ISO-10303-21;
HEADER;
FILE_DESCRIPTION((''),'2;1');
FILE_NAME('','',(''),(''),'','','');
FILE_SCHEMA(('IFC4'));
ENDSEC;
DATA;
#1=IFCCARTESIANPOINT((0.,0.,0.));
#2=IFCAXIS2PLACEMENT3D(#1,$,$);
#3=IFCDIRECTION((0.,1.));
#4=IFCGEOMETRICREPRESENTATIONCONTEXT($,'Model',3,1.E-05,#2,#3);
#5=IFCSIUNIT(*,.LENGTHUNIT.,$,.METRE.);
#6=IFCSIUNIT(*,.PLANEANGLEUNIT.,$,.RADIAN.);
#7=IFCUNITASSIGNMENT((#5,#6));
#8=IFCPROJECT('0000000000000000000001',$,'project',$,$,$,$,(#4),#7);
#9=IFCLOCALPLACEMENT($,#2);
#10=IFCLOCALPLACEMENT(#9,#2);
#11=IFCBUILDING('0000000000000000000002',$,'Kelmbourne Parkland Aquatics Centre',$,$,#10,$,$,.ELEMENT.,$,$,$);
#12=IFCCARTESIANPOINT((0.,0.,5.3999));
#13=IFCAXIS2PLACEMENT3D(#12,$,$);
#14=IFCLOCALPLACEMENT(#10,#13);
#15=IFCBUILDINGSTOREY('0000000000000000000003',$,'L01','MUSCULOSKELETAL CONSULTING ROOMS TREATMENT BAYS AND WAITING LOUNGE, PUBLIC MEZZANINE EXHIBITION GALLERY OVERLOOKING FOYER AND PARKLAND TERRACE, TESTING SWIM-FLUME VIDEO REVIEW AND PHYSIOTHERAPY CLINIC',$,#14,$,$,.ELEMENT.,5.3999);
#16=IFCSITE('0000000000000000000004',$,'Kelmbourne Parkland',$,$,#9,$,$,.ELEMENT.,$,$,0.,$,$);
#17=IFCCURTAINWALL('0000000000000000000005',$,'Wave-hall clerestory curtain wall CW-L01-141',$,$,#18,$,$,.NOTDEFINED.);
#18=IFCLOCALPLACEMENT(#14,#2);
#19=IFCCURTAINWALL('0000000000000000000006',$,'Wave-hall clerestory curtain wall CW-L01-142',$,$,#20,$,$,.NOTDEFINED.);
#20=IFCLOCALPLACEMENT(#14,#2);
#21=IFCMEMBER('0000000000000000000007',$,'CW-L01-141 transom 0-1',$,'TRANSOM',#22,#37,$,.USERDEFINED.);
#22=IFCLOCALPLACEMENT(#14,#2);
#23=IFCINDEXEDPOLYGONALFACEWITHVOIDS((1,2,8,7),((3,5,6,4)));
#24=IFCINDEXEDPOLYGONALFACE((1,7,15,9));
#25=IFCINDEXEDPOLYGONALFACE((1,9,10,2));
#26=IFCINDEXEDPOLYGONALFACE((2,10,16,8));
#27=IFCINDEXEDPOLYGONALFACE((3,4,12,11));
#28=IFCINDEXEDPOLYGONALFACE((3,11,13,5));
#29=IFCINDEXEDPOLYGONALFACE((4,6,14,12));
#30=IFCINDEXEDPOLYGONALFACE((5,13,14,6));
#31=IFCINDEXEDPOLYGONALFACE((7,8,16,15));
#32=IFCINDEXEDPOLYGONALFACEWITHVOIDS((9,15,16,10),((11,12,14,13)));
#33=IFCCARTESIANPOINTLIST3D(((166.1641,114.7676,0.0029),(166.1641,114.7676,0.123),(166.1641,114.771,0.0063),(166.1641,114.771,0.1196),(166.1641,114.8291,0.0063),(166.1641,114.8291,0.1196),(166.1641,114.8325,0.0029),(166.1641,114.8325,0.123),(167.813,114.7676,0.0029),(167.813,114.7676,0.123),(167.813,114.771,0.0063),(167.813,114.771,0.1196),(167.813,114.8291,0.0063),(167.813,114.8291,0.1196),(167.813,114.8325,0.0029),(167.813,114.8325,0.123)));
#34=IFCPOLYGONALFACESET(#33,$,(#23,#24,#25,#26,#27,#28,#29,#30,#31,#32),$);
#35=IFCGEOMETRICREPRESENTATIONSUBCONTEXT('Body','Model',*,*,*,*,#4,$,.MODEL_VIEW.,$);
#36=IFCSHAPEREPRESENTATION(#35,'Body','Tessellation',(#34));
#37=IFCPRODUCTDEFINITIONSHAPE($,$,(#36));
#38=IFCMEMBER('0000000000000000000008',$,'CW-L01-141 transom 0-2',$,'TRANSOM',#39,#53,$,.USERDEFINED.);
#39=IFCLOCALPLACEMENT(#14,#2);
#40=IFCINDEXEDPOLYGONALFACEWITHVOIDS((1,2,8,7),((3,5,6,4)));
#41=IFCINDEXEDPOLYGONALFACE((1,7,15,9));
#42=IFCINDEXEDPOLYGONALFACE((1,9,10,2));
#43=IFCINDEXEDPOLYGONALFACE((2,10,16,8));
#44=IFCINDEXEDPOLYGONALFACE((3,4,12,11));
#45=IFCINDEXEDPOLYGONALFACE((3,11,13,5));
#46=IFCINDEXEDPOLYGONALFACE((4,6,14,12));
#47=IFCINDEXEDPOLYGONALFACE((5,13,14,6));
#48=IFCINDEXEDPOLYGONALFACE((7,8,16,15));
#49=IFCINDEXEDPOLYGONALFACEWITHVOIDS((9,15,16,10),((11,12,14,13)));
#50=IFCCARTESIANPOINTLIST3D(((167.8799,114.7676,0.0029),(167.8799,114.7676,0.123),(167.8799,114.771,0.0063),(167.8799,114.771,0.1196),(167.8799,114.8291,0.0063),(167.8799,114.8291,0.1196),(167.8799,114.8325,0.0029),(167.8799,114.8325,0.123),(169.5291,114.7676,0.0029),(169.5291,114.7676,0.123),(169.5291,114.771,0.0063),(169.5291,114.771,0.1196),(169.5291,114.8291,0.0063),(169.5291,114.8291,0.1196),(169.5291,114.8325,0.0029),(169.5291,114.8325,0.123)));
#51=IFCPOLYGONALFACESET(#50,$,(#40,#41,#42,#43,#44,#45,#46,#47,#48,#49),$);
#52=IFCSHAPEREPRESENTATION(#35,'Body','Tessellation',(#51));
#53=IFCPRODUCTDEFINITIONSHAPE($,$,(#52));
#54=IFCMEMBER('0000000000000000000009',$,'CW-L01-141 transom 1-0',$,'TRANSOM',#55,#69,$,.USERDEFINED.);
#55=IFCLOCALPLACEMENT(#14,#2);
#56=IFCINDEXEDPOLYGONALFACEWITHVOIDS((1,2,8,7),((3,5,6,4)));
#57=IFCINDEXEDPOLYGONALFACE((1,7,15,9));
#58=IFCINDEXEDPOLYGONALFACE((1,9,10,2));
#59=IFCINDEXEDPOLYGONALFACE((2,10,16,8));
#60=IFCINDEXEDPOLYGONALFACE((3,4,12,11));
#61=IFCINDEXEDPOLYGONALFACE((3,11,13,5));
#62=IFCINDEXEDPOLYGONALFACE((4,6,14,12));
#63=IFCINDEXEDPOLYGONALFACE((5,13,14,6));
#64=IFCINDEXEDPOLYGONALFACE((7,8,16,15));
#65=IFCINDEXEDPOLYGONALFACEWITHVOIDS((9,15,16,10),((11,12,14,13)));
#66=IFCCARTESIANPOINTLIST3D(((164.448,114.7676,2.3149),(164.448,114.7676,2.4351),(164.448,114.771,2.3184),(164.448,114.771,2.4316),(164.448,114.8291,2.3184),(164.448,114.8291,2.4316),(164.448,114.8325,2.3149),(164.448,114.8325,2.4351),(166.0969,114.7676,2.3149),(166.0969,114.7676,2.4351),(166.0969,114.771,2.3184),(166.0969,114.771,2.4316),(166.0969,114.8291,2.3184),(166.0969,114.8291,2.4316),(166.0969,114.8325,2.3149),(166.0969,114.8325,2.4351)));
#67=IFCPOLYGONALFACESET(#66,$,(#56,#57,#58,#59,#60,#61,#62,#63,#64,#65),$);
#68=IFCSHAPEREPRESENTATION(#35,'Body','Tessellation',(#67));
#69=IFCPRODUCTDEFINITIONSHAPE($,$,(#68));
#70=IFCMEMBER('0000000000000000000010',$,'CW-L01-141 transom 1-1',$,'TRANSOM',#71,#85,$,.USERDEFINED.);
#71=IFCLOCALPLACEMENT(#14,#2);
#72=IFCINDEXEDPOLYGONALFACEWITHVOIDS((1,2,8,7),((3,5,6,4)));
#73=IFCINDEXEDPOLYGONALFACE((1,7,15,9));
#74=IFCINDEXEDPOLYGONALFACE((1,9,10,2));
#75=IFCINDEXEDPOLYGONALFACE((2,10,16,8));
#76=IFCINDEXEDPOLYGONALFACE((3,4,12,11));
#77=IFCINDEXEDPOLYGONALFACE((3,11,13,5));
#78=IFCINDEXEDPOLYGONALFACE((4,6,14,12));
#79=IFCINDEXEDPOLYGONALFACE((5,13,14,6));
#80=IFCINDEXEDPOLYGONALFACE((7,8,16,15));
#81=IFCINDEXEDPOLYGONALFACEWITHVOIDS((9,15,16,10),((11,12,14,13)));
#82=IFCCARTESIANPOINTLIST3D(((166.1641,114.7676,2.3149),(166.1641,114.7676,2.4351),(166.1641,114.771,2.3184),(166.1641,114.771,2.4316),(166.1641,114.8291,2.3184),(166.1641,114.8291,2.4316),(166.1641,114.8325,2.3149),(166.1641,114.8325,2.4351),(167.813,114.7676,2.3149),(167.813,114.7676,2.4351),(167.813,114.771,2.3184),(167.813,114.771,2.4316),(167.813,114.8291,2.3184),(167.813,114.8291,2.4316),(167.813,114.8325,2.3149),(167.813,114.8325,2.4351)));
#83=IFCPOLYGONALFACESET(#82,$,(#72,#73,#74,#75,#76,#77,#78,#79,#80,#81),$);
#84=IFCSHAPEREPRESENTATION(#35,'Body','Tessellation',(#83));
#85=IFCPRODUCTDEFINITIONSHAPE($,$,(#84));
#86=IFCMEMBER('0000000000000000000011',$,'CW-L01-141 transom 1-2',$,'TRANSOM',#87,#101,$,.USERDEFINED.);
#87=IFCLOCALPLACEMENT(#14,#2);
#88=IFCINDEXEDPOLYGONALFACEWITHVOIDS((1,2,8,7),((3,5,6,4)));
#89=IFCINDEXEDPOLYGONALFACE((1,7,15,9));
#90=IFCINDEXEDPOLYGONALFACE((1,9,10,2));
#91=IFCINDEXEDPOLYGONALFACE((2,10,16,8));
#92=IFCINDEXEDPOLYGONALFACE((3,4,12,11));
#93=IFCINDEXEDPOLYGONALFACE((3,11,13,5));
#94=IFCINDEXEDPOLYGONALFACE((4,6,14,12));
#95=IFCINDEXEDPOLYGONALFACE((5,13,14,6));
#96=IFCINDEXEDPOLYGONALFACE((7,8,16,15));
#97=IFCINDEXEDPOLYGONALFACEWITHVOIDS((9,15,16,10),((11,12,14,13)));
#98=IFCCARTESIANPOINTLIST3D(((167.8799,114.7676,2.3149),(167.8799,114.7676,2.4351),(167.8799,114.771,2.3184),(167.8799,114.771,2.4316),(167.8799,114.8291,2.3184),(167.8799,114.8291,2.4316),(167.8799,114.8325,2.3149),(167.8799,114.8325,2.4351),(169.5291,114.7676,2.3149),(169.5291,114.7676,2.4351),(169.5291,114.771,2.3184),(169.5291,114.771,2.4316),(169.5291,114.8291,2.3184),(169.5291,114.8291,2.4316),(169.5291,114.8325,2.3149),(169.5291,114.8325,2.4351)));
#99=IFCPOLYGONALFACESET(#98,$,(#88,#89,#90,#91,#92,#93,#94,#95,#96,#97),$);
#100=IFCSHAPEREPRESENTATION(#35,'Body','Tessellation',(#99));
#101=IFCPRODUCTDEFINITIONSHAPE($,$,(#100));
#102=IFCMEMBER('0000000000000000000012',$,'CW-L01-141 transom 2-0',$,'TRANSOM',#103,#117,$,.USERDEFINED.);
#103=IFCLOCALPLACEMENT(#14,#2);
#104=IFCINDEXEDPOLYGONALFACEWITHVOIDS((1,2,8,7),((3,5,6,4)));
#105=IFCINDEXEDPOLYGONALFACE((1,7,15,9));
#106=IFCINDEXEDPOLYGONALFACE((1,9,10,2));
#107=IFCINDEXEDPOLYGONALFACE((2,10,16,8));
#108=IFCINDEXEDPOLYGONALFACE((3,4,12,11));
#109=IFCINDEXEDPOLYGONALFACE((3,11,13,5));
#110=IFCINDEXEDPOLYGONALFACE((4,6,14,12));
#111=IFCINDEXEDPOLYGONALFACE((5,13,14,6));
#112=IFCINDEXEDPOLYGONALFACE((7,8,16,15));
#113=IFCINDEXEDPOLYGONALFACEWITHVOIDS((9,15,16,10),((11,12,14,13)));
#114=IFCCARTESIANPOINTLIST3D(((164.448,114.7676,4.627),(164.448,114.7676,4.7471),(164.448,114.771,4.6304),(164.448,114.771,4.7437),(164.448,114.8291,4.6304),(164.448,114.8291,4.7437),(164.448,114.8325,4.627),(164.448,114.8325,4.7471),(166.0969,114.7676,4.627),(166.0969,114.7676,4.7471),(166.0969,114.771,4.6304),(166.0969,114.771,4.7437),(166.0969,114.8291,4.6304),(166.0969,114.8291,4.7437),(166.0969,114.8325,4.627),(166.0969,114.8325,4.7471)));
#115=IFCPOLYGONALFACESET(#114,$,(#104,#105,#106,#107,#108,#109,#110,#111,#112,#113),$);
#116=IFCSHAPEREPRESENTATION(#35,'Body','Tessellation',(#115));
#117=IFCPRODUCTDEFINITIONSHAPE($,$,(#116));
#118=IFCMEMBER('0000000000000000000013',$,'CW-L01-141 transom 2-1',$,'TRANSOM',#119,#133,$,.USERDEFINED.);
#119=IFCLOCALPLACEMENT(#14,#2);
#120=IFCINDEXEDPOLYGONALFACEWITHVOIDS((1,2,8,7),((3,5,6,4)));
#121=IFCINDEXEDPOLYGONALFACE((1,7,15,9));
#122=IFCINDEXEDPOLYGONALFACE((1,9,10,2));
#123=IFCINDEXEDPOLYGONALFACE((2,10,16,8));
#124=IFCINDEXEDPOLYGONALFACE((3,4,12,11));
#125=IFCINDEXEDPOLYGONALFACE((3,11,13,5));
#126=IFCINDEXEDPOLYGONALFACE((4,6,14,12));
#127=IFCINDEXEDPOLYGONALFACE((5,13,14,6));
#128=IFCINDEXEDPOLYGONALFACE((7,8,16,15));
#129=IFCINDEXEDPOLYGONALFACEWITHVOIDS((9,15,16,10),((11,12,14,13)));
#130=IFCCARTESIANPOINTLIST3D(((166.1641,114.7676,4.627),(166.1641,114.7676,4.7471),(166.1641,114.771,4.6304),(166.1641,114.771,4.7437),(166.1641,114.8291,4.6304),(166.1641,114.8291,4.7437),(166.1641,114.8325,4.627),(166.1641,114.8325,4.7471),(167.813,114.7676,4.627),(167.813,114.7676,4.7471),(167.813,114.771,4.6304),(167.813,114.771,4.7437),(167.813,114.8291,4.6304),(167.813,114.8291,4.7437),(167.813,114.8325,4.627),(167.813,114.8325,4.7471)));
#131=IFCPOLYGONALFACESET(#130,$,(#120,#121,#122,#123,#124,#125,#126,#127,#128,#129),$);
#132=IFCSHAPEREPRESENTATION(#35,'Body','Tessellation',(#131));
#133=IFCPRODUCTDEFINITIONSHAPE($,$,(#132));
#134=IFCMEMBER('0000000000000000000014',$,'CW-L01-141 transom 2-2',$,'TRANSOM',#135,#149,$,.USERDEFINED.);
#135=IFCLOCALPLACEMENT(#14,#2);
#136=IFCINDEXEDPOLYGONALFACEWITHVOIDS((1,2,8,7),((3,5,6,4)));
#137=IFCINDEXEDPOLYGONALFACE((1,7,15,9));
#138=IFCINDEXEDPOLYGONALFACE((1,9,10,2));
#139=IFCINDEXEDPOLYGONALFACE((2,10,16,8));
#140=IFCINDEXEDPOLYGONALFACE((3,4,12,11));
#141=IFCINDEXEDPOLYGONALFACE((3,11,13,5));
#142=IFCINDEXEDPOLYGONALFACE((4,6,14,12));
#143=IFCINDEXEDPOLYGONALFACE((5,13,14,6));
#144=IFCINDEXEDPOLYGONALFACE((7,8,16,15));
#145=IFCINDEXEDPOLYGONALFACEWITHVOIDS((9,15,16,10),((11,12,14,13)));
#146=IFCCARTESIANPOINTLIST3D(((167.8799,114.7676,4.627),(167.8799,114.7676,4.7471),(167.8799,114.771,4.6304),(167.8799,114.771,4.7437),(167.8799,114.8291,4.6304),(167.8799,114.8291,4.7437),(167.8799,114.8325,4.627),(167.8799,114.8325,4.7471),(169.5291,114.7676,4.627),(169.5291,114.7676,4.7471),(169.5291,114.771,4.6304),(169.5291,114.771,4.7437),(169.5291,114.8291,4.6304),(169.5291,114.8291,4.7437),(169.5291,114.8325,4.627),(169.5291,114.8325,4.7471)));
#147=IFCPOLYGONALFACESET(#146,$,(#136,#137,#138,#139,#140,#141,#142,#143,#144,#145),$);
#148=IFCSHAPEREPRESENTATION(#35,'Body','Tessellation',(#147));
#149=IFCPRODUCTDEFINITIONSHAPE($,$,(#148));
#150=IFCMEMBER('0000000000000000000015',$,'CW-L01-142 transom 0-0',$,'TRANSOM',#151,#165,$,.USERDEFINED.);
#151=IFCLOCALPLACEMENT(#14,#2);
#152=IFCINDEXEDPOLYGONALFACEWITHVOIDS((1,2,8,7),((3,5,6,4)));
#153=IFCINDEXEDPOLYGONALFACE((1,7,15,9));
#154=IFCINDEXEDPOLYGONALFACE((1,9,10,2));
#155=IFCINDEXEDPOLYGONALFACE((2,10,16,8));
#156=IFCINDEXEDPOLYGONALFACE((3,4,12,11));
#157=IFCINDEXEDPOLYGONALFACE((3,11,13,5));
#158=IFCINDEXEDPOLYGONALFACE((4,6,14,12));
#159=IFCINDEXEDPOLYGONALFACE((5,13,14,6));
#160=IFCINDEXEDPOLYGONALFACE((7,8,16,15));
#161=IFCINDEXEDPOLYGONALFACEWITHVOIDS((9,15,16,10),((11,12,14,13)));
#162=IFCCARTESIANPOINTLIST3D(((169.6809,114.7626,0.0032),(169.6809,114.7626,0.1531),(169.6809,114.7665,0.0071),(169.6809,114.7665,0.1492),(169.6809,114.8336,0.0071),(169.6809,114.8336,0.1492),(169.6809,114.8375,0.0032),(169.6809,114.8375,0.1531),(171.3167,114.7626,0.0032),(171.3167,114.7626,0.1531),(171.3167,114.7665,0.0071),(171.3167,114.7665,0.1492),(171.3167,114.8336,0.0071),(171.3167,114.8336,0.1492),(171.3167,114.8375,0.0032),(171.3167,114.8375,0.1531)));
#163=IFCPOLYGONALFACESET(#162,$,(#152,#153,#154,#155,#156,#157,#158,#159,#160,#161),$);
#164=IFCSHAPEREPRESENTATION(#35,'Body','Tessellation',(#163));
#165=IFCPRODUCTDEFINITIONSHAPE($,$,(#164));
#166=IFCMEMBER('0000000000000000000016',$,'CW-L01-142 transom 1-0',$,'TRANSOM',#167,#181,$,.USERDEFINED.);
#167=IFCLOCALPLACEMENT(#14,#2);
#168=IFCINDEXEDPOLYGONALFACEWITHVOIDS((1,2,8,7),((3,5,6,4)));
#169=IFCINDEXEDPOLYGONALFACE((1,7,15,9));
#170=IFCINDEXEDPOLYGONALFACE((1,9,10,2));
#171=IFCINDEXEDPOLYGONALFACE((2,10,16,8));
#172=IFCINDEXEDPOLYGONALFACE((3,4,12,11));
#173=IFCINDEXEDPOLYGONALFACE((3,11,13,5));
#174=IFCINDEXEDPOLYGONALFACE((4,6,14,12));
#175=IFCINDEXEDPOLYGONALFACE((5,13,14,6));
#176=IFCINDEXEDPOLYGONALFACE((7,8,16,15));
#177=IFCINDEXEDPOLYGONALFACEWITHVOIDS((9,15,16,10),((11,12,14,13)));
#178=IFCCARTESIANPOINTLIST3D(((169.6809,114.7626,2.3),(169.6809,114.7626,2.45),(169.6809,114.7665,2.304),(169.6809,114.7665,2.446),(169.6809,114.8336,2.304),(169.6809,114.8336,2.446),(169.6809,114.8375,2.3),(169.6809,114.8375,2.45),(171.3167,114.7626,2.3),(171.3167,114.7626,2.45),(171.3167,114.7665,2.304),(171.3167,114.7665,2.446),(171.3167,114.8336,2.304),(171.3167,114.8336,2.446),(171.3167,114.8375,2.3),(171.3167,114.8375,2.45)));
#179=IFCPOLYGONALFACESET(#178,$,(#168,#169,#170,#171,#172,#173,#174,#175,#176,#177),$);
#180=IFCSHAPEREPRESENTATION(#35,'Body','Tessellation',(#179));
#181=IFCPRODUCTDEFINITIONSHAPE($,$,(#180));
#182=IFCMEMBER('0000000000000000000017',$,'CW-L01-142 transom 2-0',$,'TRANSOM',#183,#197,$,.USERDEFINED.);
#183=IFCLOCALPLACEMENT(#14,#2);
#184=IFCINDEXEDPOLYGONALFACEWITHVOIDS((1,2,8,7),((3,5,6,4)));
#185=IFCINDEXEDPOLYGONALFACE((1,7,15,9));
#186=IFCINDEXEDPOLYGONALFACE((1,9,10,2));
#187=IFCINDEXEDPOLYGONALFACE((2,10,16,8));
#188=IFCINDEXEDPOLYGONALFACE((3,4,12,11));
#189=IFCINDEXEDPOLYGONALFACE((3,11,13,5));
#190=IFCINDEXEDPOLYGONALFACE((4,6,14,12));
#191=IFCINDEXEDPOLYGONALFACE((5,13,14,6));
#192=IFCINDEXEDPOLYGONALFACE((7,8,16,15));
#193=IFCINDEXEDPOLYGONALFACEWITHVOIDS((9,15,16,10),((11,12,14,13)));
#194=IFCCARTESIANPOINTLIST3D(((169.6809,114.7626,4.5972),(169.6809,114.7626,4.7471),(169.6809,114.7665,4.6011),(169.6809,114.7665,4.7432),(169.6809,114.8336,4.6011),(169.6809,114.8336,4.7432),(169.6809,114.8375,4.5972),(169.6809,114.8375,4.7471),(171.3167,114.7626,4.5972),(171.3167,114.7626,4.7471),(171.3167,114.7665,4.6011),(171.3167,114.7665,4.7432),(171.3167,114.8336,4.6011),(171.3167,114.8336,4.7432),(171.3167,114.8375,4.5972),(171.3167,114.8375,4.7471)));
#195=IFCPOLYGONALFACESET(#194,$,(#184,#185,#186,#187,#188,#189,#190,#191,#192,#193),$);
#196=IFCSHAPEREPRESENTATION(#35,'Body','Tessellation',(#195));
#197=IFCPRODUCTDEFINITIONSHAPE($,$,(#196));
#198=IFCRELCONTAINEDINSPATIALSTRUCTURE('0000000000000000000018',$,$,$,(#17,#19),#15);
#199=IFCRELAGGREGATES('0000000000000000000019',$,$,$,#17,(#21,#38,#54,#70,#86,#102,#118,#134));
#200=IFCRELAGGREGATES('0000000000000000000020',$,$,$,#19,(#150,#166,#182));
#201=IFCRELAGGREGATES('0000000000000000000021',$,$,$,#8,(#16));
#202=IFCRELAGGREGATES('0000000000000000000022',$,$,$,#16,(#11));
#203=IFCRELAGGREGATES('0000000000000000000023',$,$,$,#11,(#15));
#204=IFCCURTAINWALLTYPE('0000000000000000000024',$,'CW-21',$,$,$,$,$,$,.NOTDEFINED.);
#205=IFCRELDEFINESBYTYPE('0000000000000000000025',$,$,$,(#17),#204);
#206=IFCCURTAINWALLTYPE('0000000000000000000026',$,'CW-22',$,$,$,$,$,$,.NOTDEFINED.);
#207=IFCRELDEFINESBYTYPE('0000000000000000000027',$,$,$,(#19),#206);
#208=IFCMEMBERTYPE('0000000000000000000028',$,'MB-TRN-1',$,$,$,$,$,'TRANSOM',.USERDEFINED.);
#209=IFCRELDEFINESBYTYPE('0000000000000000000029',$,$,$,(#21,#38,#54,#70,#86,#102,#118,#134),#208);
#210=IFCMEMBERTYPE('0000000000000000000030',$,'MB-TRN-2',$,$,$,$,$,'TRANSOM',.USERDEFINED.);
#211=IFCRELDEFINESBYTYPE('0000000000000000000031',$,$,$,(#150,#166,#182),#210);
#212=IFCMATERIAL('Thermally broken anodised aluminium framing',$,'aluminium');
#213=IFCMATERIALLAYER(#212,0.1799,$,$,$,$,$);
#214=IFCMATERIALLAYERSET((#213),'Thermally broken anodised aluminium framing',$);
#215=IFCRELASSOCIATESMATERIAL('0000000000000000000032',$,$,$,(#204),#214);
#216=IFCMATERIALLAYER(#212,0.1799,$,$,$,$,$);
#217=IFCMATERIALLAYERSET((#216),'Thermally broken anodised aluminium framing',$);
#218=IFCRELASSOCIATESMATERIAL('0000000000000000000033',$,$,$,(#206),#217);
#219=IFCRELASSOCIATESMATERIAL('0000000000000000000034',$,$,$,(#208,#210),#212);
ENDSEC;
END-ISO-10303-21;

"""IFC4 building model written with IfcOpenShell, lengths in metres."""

from ifc_helpers import new_model, si_unit, direction, frame, origin, origin_2d, place, context, subcontext, project, spatial, hollow_rectangle, extrude, material, layer, layer_set, material_profile, profile_set, type_object, element, aggregate, save


model = new_model("IFC4")

# Units and contexts
model_context = context("Model", 3, precision=1e-05, world=origin(), true_north=direction((0.0, 1.0)))
body_context = subcontext(model_context, "Body", "Model", "MODEL_VIEW")
ifc_project = project(units=[si_unit("LENGTHUNIT", "METRE"), si_unit("PLANEANGLEUNIT", "RADIAN")], contexts=[model_context])

# Site, building, storey
site_placement = place(None, origin())
site = spatial("IfcSite", under=ifc_project, at=site_placement, Name="Kelmbourne Parkland", CompositionType="ELEMENT", RefElevation=0.0)
building_placement = place(site_placement, origin())
building = spatial("IfcBuilding", under=site, at=building_placement, Name="Kelmbourne Parkland Aquatics Centre", CompositionType="ELEMENT")
storey_placement = place(building_placement, frame((0.0, 0.0, 5.3999)))
storey = spatial("IfcBuildingStorey", under=building, at=storey_placement, Name="L01", Description="MUSCULOSKELETAL CONSULTING ROOMS TREATMENT BAYS AND WAITING LOUNGE, PUBLIC MEZZANINE EXHIBITION GALLERY OVERLOOKING FOYER AND PARKLAND TERRACE, TESTING SWIM-FLUME VIDEO REVIEW AND PHYSIOTHERAPY CLINIC", CompositionType="ELEMENT", Elevation=5.3999)

# Curtain wall
ifc_material_1 = material(Name="Thermally broken anodised aluminium framing", Category="aluminium")
ifc_layer_1 = layer(ifc_material_1, 0.1799)
ifc_layer_set_1 = layer_set([ifc_layer_1], Name="Thermally broken anodised aluminium framing")
curtain_wall_type_1 = type_object("IfcCurtainWallType", Name="CW-21", PredefinedType="NOTDEFINED", material=ifc_layer_set_1)
curtain_wall_1_placement = place(storey_placement, origin())
curtain_wall_1 = element("IfcCurtainWall", 1, at=curtain_wall_1_placement, inside=storey, type_object=curtain_wall_type_1, Name="Wave-hall clerestory curtain wall CW-L01-141", PredefinedType="NOTDEFINED")

# Curtain wall
ifc_layer_2 = layer(ifc_material_1, 0.1799)
ifc_layer_set_2 = layer_set([ifc_layer_2], Name="Thermally broken anodised aluminium framing")
curtain_wall_type_2 = type_object("IfcCurtainWallType", Name="CW-22", PredefinedType="NOTDEFINED", material=ifc_layer_set_2)
curtain_wall_2_placement = place(storey_placement, origin())
curtain_wall_2 = element("IfcCurtainWall", 2, at=curtain_wall_2_placement, inside=storey, type_object=curtain_wall_type_2, Name="Wave-hall clerestory curtain wall CW-L01-142", PredefinedType="NOTDEFINED")

# Members
ifc_material_profile_1 = material_profile(ifc_material_1, hollow_rectangle(XDim=0.0649, YDim=0.1201, WallThickness=0.0034, at=origin_2d()), Name="CW-T 65x120")
ifc_profile_set_1 = profile_set([ifc_material_profile_1], Name="Thermally broken anodised aluminium framing")
member_type_1 = type_object("IfcMemberType", Name="MB-TRN-1", ElementType="TRANSOM", PredefinedType="USERDEFINED", material=ifc_profile_set_1)
member_1_placement = place(storey_placement, frame((166.1641, 114.8, 0.063), z_axis=(1.0, 0.0, 0.0), x_axis=(0.0, 1.0, 0.0)))
member_1 = element("IfcMember", 3, at=member_1_placement, type_object=member_type_1, Name="CW-L01-141 transom 0-1", ObjectType="TRANSOM", PredefinedType="USERDEFINED", context=body_context, shape_type="SweptSolid", body=[
    extrude(hollow_rectangle(XDim=0.0649, YDim=0.1201, WallThickness=0.0034, at=origin_2d()), origin(), (0.0, 0.0, 1.0), 1.6489),
])
member_2_placement = place(storey_placement, frame((167.8799, 114.8, 0.063), z_axis=(1.0, 0.0, 0.0), x_axis=(0.0, 1.0, 0.0)))
member_2 = element("IfcMember", 4, at=member_2_placement, type_object=member_type_1, Name="CW-L01-141 transom 0-2", ObjectType="TRANSOM", PredefinedType="USERDEFINED", context=body_context, shape_type="SweptSolid", body=[
    extrude(hollow_rectangle(XDim=0.0649, YDim=0.1201, WallThickness=0.0034, at=origin_2d()), origin(), (0.0, 0.0, 1.0), 1.6492),
])
member_3_placement = place(storey_placement, frame((164.448, 114.8, 2.375), z_axis=(1.0, 0.0, 0.0), x_axis=(0.0, 1.0, 0.0)))
member_3 = element("IfcMember", 5, at=member_3_placement, type_object=member_type_1, Name="CW-L01-141 transom 1-0", ObjectType="TRANSOM", PredefinedType="USERDEFINED", context=body_context, shape_type="SweptSolid", body=[
    extrude(hollow_rectangle(XDim=0.0649, YDim=0.1201, WallThickness=0.0034, at=origin_2d()), origin(), (0.0, 0.0, 1.0), 1.6489),
])
member_4_placement = place(storey_placement, frame((166.1641, 114.8, 2.375), z_axis=(1.0, 0.0, 0.0), x_axis=(0.0, 1.0, 0.0)))
member_4 = element("IfcMember", 6, at=member_4_placement, type_object=member_type_1, Name="CW-L01-141 transom 1-1", ObjectType="TRANSOM", PredefinedType="USERDEFINED", context=body_context, shape_type="SweptSolid", body=[
    extrude(hollow_rectangle(XDim=0.0649, YDim=0.1201, WallThickness=0.0034, at=origin_2d()), origin(), (0.0, 0.0, 1.0), 1.6489),
])
member_5_placement = place(storey_placement, frame((167.8799, 114.8, 2.375), z_axis=(1.0, 0.0, 0.0), x_axis=(0.0, 1.0, 0.0)))
member_5 = element("IfcMember", 7, at=member_5_placement, type_object=member_type_1, Name="CW-L01-141 transom 1-2", ObjectType="TRANSOM", PredefinedType="USERDEFINED", context=body_context, shape_type="SweptSolid", body=[
    extrude(hollow_rectangle(XDim=0.0649, YDim=0.1201, WallThickness=0.0034, at=origin_2d()), origin(), (0.0, 0.0, 1.0), 1.6492),
])
member_6_placement = place(storey_placement, frame((164.448, 114.8, 4.687), z_axis=(1.0, 0.0, 0.0), x_axis=(0.0, 1.0, 0.0)))
member_6 = element("IfcMember", 8, at=member_6_placement, type_object=member_type_1, Name="CW-L01-141 transom 2-0", ObjectType="TRANSOM", PredefinedType="USERDEFINED", context=body_context, shape_type="SweptSolid", body=[
    extrude(hollow_rectangle(XDim=0.0649, YDim=0.1201, WallThickness=0.0034, at=origin_2d()), origin(), (0.0, 0.0, 1.0), 1.6489),
])
member_7_placement = place(storey_placement, frame((166.1641, 114.8, 4.687), z_axis=(1.0, 0.0, 0.0), x_axis=(0.0, 1.0, 0.0)))
member_7 = element("IfcMember", 9, at=member_7_placement, type_object=member_type_1, Name="CW-L01-141 transom 2-1", ObjectType="TRANSOM", PredefinedType="USERDEFINED", context=body_context, shape_type="SweptSolid", body=[
    extrude(hollow_rectangle(XDim=0.0649, YDim=0.1201, WallThickness=0.0034, at=origin_2d()), origin(), (0.0, 0.0, 1.0), 1.6489),
])
member_8_placement = place(storey_placement, frame((167.8799, 114.8, 4.687), z_axis=(1.0, 0.0, 0.0), x_axis=(0.0, 1.0, 0.0)))
member_8 = element("IfcMember", 10, at=member_8_placement, type_object=member_type_1, Name="CW-L01-141 transom 2-2", ObjectType="TRANSOM", PredefinedType="USERDEFINED", context=body_context, shape_type="SweptSolid", body=[
    extrude(hollow_rectangle(XDim=0.0649, YDim=0.1201, WallThickness=0.0034, at=origin_2d()), origin(), (0.0, 0.0, 1.0), 1.6492),
])
ifc_material_profile_2 = material_profile(ifc_material_1, hollow_rectangle(XDim=0.075, YDim=0.1499, WallThickness=0.0039, at=origin_2d()), Name="CW-T 75x150")
ifc_profile_set_2 = profile_set([ifc_material_profile_2], Name="Thermally broken anodised aluminium framing")
member_type_2 = type_object("IfcMemberType", Name="MB-TRN-2", ElementType="TRANSOM", PredefinedType="USERDEFINED", material=ifc_profile_set_2)
member_9_placement = place(storey_placement, frame((169.6809, 114.8, 0.0781), z_axis=(1.0, 0.0, 0.0), x_axis=(0.0, 1.0, 0.0)))
member_9 = element("IfcMember", 11, at=member_9_placement, type_object=member_type_2, Name="CW-L01-142 transom 0-0", ObjectType="TRANSOM", PredefinedType="USERDEFINED", context=body_context, shape_type="SweptSolid", body=[
    extrude(hollow_rectangle(XDim=0.075, YDim=0.1499, WallThickness=0.0039, at=origin_2d()), origin(), (0.0, 0.0, 1.0), 1.6357),
])
member_10_placement = place(storey_placement, frame((169.6809, 114.8, 2.375), z_axis=(1.0, 0.0, 0.0), x_axis=(0.0, 1.0, 0.0)))
member_10 = element("IfcMember", 12, at=member_10_placement, type_object=member_type_2, Name="CW-L01-142 transom 1-0", ObjectType="TRANSOM", PredefinedType="USERDEFINED", context=body_context, shape_type="SweptSolid", body=[
    extrude(hollow_rectangle(XDim=0.075, YDim=0.1499, WallThickness=0.0039, at=origin_2d()), origin(), (0.0, 0.0, 1.0), 1.6357),
])
member_11_placement = place(storey_placement, frame((169.6809, 114.8, 4.6721), z_axis=(1.0, 0.0, 0.0), x_axis=(0.0, 1.0, 0.0)))
member_11 = element("IfcMember", 13, at=member_11_placement, type_object=member_type_2, Name="CW-L01-142 transom 2-0", ObjectType="TRANSOM", PredefinedType="USERDEFINED", context=body_context, shape_type="SweptSolid", body=[
    extrude(hollow_rectangle(XDim=0.075, YDim=0.1499, WallThickness=0.0039, at=origin_2d()), origin(), (0.0, 0.0, 1.0), 1.6357),
])

aggregate(curtain_wall_1, [member_1, member_2, member_3, member_4, member_5, member_6, member_7, member_8])
aggregate(curtain_wall_2, [member_9, member_10, member_11])

save(model, "model.ifc")
